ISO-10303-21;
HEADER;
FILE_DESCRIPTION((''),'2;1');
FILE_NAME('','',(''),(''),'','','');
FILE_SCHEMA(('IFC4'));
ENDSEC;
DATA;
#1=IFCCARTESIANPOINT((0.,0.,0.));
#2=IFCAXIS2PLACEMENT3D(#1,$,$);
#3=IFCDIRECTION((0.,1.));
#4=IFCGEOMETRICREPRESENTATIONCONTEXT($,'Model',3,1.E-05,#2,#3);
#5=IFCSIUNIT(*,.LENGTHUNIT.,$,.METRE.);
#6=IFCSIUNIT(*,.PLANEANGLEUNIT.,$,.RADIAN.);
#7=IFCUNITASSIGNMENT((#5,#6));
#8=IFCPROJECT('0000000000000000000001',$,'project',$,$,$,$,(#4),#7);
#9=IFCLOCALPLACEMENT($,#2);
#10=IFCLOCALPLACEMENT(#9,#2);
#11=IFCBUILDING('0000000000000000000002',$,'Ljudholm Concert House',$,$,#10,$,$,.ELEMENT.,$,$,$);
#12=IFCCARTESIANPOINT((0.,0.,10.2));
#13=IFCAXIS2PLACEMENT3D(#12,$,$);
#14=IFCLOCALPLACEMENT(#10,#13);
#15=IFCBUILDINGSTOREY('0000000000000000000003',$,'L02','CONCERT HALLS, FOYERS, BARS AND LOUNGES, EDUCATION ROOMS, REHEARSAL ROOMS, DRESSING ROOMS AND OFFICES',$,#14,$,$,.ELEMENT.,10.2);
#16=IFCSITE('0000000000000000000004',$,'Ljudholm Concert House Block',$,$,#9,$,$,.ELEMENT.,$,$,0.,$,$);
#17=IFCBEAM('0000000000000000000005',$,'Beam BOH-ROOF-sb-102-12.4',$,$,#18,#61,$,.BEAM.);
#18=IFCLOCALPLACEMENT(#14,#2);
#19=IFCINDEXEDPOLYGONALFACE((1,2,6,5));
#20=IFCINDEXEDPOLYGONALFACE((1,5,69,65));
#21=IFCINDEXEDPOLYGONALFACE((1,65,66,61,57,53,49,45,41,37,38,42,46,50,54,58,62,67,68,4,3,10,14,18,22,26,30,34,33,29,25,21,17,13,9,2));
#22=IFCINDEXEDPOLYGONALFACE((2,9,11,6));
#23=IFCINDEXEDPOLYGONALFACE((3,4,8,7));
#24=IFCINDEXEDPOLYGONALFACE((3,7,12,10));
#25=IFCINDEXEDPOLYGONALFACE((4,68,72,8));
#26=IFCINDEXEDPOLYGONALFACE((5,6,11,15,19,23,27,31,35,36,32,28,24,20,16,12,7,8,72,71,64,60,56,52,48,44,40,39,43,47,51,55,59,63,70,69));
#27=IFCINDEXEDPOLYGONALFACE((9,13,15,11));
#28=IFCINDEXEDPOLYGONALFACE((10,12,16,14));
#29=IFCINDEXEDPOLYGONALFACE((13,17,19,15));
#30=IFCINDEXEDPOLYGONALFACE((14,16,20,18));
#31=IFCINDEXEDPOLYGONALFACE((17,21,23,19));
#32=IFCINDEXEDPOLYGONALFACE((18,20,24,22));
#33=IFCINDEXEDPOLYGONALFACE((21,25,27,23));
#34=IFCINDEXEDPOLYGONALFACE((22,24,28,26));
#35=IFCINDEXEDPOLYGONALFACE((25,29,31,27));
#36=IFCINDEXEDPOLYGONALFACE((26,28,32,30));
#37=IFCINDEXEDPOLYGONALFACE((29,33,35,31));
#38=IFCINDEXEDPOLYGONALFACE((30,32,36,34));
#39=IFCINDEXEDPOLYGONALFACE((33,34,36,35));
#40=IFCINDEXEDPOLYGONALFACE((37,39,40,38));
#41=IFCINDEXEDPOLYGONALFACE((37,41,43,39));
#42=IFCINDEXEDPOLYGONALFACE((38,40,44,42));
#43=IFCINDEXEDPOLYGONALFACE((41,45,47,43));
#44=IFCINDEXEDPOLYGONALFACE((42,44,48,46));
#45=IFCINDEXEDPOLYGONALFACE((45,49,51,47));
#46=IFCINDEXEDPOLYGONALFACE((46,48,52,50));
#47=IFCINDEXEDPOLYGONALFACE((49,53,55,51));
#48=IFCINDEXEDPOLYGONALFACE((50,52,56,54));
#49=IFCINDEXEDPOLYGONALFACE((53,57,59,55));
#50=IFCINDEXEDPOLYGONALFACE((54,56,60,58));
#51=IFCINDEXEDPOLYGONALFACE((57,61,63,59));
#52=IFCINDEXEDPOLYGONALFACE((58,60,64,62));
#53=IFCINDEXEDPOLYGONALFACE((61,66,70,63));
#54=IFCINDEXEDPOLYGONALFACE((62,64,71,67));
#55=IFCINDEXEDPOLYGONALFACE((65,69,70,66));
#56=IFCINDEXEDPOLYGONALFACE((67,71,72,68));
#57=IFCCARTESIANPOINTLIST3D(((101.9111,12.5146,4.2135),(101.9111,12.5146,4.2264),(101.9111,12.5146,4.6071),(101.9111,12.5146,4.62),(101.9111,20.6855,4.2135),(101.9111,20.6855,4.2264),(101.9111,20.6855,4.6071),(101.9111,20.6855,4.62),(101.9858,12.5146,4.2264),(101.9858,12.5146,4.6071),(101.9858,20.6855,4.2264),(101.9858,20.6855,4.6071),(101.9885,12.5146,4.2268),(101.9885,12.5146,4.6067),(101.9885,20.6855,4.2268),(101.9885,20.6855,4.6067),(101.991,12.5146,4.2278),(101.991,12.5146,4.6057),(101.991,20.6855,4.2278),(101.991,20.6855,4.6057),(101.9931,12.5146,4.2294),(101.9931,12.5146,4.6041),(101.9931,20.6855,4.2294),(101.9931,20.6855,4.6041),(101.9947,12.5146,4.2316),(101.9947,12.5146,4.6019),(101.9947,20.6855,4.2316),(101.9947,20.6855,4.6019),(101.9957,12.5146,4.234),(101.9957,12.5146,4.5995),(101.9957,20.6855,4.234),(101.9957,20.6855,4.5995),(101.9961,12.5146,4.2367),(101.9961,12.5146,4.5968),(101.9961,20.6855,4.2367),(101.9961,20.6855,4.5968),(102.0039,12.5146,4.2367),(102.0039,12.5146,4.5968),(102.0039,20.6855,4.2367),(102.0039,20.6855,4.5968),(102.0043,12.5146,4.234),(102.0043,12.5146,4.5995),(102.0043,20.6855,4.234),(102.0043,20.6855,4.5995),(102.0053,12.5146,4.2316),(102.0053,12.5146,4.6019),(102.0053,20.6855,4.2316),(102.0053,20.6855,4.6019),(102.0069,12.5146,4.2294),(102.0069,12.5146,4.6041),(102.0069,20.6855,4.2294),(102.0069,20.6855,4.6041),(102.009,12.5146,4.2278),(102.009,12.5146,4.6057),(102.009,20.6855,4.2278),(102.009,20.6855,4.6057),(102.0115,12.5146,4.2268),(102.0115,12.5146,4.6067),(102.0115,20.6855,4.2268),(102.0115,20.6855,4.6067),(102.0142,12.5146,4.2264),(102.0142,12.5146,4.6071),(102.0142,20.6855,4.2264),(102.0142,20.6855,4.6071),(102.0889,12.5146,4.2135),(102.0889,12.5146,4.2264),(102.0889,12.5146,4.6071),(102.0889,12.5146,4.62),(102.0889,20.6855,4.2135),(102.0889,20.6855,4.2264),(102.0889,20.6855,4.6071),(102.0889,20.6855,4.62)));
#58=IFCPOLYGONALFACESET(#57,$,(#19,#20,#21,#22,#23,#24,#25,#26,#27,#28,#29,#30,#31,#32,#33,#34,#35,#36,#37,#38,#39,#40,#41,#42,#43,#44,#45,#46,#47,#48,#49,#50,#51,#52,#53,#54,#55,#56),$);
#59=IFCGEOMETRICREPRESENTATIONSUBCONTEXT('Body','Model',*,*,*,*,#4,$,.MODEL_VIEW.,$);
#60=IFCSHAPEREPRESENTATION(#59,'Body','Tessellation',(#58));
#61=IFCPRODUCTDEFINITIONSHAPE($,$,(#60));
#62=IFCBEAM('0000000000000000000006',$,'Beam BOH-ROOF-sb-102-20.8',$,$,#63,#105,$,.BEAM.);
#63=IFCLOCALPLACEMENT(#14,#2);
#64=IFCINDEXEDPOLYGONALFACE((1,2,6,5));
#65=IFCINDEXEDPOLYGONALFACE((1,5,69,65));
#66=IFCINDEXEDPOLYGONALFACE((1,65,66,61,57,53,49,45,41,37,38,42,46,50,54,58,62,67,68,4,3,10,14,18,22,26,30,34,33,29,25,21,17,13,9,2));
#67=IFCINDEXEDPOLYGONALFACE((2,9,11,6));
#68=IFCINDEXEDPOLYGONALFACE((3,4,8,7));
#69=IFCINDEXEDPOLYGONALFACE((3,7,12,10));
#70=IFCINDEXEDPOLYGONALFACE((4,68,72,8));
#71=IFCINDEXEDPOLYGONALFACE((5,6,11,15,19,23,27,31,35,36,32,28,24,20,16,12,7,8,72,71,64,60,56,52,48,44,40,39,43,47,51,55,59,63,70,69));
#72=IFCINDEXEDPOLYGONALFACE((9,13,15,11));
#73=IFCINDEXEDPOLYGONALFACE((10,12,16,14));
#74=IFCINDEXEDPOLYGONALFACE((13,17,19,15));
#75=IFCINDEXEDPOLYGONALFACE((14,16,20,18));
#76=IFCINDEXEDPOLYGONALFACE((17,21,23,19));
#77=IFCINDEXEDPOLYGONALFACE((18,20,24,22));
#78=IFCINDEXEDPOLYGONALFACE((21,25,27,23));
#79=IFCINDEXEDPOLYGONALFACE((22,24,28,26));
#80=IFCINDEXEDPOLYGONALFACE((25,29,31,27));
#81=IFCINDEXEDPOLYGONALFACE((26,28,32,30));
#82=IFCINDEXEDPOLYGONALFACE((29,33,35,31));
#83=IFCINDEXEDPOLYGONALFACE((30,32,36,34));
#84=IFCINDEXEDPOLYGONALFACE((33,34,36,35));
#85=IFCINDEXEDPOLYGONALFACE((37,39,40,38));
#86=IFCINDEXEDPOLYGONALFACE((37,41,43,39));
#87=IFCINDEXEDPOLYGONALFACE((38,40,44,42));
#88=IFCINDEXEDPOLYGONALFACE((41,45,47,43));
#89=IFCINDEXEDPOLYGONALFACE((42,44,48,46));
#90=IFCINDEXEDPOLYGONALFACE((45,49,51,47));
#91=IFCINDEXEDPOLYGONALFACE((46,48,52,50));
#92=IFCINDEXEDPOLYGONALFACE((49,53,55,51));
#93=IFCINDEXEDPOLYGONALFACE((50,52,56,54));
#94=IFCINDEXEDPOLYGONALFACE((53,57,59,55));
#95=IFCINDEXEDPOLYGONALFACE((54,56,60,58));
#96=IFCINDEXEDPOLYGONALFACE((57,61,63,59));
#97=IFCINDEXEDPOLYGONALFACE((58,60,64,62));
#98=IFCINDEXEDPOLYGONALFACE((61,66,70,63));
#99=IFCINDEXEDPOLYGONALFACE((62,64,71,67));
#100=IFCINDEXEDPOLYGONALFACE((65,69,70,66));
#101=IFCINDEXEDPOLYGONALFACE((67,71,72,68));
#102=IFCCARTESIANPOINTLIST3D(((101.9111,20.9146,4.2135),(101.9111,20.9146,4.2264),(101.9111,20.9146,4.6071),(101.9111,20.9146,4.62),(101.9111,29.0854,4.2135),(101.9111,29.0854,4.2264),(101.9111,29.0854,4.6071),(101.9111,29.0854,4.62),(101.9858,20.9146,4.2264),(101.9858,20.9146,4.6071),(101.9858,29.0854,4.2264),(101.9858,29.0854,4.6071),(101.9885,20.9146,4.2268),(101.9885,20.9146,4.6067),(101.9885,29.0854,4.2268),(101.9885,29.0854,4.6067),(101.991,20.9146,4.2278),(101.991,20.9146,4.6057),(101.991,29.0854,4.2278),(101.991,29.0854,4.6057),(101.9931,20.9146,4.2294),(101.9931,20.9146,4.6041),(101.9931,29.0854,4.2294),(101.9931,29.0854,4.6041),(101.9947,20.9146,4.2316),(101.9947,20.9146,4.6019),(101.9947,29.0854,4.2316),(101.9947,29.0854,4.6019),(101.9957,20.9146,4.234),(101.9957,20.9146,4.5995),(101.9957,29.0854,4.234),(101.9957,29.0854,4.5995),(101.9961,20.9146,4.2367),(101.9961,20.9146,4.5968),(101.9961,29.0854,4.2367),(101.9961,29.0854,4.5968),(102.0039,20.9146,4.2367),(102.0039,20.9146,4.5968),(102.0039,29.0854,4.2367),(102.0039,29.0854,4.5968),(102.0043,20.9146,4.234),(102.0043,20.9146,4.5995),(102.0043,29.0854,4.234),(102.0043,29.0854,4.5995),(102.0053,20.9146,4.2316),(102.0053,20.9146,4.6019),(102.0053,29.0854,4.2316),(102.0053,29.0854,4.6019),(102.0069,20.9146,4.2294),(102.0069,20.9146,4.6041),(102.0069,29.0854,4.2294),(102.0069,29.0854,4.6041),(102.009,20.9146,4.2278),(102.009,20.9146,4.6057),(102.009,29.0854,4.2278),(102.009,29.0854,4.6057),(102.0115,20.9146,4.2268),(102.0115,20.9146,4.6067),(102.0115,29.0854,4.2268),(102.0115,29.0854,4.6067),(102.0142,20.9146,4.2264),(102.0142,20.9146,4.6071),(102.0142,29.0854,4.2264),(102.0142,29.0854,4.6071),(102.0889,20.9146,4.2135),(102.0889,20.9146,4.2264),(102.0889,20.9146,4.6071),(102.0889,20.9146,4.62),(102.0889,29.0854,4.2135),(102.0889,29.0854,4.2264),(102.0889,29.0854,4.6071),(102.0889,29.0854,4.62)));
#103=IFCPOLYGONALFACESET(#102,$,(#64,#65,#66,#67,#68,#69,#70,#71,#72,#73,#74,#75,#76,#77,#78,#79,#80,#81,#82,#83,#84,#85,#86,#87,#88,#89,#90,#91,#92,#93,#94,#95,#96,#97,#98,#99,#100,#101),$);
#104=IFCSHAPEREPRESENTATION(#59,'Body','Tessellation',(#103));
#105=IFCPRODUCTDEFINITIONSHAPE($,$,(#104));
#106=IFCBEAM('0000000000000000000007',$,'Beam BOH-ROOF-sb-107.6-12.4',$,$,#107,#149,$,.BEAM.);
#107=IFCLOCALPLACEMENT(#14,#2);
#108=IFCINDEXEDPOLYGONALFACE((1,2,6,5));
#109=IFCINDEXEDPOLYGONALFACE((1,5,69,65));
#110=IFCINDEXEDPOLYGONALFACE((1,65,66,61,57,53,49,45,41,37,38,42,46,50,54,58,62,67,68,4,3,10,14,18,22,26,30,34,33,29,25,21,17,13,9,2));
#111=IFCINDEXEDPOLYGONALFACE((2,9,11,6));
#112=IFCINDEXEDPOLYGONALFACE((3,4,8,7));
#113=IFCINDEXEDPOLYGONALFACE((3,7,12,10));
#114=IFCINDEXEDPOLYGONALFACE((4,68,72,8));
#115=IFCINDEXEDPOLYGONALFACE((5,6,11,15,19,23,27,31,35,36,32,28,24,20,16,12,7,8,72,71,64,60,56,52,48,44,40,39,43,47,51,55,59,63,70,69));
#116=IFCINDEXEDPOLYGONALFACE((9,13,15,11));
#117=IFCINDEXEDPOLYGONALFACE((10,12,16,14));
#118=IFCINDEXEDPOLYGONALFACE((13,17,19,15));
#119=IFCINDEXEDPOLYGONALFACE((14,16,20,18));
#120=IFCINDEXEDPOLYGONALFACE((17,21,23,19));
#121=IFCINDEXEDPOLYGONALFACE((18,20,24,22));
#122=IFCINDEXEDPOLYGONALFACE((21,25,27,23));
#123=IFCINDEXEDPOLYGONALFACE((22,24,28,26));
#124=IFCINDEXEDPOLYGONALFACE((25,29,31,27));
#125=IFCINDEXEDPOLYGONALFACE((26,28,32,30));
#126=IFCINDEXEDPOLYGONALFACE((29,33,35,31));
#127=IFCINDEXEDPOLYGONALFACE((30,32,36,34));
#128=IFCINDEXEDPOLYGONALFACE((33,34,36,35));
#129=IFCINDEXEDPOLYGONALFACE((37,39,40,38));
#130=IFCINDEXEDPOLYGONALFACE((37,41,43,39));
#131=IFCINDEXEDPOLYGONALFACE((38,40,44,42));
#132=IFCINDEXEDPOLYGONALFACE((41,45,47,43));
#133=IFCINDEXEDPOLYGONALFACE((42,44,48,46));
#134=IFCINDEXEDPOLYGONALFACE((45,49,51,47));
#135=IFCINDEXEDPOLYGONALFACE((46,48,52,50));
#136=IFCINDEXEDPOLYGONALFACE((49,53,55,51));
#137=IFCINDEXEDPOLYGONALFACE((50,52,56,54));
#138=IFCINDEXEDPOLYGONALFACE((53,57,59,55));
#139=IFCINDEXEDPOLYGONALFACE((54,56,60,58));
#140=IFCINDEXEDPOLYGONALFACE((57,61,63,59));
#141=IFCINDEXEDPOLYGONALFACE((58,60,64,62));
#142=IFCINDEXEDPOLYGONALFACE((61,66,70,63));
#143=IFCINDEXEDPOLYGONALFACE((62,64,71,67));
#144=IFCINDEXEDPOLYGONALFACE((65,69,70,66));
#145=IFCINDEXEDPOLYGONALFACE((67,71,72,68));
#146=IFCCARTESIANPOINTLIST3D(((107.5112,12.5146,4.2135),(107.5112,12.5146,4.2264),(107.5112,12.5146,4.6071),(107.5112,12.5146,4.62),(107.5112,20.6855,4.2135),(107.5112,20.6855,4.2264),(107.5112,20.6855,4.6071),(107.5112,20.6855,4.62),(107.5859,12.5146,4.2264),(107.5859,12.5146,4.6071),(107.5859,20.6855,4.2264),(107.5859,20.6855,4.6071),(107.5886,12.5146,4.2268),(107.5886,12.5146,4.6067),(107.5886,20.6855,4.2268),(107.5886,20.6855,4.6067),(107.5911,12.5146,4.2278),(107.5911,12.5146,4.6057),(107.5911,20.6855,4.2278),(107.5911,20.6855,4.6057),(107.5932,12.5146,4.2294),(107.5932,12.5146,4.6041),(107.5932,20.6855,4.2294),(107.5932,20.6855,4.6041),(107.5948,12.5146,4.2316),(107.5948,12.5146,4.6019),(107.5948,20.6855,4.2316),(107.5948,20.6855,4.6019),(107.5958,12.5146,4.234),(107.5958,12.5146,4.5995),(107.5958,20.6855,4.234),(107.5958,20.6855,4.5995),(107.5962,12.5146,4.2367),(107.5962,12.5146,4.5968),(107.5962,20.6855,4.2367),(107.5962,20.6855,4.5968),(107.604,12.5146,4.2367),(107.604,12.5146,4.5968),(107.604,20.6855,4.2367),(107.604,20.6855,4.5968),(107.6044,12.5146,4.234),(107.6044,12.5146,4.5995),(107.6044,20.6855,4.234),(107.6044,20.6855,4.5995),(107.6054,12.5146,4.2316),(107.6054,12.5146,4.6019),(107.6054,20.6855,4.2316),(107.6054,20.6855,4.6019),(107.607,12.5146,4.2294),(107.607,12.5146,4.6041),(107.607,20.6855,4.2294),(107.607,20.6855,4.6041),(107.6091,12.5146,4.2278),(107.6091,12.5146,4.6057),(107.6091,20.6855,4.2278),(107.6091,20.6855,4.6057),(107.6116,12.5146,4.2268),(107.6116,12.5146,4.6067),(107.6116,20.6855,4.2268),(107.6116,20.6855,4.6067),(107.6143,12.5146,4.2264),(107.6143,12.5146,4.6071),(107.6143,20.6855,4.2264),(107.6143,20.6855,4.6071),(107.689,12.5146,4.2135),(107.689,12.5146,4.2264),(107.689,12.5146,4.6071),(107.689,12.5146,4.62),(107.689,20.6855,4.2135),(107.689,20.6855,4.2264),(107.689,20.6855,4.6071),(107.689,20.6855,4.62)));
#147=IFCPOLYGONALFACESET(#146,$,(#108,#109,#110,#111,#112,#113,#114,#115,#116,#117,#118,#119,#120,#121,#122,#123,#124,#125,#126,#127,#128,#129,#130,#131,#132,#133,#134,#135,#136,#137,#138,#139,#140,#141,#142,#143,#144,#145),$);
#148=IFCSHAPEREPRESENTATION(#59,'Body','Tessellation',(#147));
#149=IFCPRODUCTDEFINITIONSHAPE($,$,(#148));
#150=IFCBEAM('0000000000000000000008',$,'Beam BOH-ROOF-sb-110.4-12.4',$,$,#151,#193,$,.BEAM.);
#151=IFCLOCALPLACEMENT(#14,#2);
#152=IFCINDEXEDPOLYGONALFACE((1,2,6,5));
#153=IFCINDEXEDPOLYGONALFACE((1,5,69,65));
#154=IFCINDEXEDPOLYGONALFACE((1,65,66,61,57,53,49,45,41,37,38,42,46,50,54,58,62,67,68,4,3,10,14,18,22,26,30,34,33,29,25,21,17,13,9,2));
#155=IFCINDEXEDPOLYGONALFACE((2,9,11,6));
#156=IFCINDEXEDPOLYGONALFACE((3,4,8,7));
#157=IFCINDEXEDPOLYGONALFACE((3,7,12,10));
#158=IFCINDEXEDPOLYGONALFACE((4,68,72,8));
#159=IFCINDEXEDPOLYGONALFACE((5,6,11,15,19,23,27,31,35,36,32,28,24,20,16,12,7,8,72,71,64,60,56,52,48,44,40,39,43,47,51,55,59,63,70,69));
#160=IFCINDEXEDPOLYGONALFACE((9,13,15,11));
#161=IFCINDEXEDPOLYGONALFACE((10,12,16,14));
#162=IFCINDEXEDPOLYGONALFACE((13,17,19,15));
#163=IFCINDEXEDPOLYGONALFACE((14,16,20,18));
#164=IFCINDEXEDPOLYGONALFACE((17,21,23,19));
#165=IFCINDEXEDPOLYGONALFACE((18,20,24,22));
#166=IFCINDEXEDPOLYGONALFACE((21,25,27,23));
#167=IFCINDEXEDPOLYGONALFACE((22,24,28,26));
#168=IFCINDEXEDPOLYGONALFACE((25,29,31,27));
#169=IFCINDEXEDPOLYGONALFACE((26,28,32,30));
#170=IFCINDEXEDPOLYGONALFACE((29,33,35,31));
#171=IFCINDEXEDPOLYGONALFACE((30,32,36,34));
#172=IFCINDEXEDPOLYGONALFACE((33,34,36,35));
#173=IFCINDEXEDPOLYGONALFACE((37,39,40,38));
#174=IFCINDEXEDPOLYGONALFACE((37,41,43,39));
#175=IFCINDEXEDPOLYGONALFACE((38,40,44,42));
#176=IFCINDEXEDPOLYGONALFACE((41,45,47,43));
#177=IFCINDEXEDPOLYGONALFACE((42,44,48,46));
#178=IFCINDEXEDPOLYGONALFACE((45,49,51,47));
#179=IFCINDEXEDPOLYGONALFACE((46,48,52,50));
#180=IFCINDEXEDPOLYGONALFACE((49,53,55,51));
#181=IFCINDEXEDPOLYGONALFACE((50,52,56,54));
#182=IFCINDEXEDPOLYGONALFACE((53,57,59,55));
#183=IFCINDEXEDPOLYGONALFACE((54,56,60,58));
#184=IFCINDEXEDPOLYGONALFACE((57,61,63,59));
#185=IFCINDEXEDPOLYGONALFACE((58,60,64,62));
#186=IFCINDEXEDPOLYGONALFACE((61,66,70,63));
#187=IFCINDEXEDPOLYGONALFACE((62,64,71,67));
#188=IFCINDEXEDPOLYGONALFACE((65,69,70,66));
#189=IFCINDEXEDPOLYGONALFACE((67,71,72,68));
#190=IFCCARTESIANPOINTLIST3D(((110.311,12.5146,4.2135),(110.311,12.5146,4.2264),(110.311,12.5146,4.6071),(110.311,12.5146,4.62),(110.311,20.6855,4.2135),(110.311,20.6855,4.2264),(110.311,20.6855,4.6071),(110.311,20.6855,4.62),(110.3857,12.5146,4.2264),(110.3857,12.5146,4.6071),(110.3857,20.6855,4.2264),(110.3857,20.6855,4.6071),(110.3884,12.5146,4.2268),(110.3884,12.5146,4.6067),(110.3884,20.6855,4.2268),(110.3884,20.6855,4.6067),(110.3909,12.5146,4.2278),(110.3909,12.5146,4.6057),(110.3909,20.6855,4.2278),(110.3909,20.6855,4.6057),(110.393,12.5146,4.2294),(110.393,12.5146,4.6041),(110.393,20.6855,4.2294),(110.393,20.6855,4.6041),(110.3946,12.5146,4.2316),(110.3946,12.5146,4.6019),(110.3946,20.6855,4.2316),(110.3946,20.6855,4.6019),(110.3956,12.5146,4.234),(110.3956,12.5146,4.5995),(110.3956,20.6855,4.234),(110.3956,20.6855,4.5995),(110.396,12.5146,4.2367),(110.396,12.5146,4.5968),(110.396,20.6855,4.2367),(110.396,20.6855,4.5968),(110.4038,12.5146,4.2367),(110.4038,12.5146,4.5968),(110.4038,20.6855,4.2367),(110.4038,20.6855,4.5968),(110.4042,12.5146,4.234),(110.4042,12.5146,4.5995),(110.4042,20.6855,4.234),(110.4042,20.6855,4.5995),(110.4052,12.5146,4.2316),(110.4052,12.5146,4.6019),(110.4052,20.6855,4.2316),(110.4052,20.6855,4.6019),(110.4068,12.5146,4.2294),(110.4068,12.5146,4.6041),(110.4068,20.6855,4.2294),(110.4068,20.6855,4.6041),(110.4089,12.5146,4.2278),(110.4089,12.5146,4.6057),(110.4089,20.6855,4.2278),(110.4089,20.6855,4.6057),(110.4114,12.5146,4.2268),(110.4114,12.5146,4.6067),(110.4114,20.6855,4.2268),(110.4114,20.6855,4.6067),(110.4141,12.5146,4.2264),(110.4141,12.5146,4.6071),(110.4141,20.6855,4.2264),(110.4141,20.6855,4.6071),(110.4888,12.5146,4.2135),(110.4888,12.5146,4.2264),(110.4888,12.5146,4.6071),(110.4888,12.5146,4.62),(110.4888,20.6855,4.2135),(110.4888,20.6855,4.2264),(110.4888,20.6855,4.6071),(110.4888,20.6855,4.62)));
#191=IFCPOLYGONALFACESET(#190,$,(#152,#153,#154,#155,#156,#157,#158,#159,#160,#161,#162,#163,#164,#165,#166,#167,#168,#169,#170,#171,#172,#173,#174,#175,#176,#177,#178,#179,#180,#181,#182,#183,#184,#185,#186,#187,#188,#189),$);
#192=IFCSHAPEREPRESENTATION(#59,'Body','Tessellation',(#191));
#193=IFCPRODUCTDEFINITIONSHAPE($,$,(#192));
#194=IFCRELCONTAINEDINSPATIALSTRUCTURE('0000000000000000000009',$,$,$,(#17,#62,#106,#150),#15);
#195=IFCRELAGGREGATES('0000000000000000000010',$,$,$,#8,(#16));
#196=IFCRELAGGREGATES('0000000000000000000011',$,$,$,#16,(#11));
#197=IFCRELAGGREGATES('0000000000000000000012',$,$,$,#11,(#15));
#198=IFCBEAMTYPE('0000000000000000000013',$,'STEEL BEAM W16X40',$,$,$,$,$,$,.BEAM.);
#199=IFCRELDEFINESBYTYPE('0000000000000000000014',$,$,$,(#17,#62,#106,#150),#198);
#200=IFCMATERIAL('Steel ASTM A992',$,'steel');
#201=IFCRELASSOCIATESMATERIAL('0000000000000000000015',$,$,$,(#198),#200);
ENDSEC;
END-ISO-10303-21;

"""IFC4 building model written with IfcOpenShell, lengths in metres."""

from ifc_helpers import new_model, si_unit, direction, frame, origin, origin_2d, place, context, subcontext, project, spatial, i_section, extrude, material, material_profile, profile_set, type_object, element, save


model = new_model("IFC4")

# Units and contexts
model_context = context("Model", 3, precision=1e-05, world=origin(), true_north=direction((0.0, 1.0)))
body_context = subcontext(model_context, "Body", "Model", "MODEL_VIEW")
ifc_project = project(units=[si_unit("LENGTHUNIT", "METRE"), si_unit("PLANEANGLEUNIT", "RADIAN")], contexts=[model_context])

# Site, building, storey
site_placement = place(None, origin())
site = spatial("IfcSite", under=ifc_project, at=site_placement, Name="Ljudholm Concert House Block", CompositionType="ELEMENT", RefElevation=0.0)
building_placement = place(site_placement, origin())
building = spatial("IfcBuilding", under=site, at=building_placement, Name="Ljudholm Concert House", CompositionType="ELEMENT")
storey_placement = place(building_placement, frame((0.0, 0.0, 10.2)))
storey = spatial("IfcBuildingStorey", under=building, at=storey_placement, Name="L02", Description="CONCERT HALLS, FOYERS, BARS AND LOUNGES, EDUCATION ROOMS, REHEARSAL ROOMS, DRESSING ROOMS AND OFFICES", CompositionType="ELEMENT", Elevation=10.2)

# Beams
ifc_material_1 = material(Name="Steel ASTM A992", Category="steel")
ifc_material_profile_1 = material_profile(ifc_material_1, i_section(OverallWidth=0.1777, OverallDepth=0.4065, WebThickness=0.0078, FlangeThickness=0.0129, FilletRadius=0.0103, at=origin_2d()), Name="W16X40")
ifc_profile_set_1 = profile_set([ifc_material_profile_1], Name="Steel ASTM A992")
beam_type_1 = type_object("IfcBeamType", Name="STEEL BEAM W16X40", PredefinedType="BEAM", material=ifc_profile_set_1)
for number, where, z_axis, x_axis, name in (
    (1, (102.0, 12.5146, 4.4167), (0.0, 1.0, 0.0), (-1.0, 0.0, 0.0), "Beam BOH-ROOF-sb-102-12.4"),
    (2, (102.0, 20.9146, 4.4167), (0.0, 1.0, 0.0), (-1.0, 0.0, 0.0), "Beam BOH-ROOF-sb-102-20.8"),
    (3, (107.6001, 12.5146, 4.4167), (0.0, 1.0, 0.0), (-1.0, 0.0, 0.0), "Beam BOH-ROOF-sb-107.6-12.4"),
    (4, (110.3999, 12.5146, 4.4167), (0.0, 1.0, 0.0), (-1.0, 0.0, 0.0), "Beam BOH-ROOF-sb-110.4-12.4"),
):
    element("IfcBeam", number, at=place(storey_placement, frame(where, z_axis=z_axis, x_axis=x_axis)), inside=storey, type_object=beam_type_1, Name=name, PredefinedType="BEAM", context=body_context, shape_type="SweptSolid", body=[
        extrude(i_section(OverallWidth=0.1777, OverallDepth=0.4065, WebThickness=0.0078, FlangeThickness=0.0129, FilletRadius=0.0103, at=origin_2d()), origin(), (0.0, 0.0, 1.0), 8.1709),
    ])

save(model, "model.ifc")
